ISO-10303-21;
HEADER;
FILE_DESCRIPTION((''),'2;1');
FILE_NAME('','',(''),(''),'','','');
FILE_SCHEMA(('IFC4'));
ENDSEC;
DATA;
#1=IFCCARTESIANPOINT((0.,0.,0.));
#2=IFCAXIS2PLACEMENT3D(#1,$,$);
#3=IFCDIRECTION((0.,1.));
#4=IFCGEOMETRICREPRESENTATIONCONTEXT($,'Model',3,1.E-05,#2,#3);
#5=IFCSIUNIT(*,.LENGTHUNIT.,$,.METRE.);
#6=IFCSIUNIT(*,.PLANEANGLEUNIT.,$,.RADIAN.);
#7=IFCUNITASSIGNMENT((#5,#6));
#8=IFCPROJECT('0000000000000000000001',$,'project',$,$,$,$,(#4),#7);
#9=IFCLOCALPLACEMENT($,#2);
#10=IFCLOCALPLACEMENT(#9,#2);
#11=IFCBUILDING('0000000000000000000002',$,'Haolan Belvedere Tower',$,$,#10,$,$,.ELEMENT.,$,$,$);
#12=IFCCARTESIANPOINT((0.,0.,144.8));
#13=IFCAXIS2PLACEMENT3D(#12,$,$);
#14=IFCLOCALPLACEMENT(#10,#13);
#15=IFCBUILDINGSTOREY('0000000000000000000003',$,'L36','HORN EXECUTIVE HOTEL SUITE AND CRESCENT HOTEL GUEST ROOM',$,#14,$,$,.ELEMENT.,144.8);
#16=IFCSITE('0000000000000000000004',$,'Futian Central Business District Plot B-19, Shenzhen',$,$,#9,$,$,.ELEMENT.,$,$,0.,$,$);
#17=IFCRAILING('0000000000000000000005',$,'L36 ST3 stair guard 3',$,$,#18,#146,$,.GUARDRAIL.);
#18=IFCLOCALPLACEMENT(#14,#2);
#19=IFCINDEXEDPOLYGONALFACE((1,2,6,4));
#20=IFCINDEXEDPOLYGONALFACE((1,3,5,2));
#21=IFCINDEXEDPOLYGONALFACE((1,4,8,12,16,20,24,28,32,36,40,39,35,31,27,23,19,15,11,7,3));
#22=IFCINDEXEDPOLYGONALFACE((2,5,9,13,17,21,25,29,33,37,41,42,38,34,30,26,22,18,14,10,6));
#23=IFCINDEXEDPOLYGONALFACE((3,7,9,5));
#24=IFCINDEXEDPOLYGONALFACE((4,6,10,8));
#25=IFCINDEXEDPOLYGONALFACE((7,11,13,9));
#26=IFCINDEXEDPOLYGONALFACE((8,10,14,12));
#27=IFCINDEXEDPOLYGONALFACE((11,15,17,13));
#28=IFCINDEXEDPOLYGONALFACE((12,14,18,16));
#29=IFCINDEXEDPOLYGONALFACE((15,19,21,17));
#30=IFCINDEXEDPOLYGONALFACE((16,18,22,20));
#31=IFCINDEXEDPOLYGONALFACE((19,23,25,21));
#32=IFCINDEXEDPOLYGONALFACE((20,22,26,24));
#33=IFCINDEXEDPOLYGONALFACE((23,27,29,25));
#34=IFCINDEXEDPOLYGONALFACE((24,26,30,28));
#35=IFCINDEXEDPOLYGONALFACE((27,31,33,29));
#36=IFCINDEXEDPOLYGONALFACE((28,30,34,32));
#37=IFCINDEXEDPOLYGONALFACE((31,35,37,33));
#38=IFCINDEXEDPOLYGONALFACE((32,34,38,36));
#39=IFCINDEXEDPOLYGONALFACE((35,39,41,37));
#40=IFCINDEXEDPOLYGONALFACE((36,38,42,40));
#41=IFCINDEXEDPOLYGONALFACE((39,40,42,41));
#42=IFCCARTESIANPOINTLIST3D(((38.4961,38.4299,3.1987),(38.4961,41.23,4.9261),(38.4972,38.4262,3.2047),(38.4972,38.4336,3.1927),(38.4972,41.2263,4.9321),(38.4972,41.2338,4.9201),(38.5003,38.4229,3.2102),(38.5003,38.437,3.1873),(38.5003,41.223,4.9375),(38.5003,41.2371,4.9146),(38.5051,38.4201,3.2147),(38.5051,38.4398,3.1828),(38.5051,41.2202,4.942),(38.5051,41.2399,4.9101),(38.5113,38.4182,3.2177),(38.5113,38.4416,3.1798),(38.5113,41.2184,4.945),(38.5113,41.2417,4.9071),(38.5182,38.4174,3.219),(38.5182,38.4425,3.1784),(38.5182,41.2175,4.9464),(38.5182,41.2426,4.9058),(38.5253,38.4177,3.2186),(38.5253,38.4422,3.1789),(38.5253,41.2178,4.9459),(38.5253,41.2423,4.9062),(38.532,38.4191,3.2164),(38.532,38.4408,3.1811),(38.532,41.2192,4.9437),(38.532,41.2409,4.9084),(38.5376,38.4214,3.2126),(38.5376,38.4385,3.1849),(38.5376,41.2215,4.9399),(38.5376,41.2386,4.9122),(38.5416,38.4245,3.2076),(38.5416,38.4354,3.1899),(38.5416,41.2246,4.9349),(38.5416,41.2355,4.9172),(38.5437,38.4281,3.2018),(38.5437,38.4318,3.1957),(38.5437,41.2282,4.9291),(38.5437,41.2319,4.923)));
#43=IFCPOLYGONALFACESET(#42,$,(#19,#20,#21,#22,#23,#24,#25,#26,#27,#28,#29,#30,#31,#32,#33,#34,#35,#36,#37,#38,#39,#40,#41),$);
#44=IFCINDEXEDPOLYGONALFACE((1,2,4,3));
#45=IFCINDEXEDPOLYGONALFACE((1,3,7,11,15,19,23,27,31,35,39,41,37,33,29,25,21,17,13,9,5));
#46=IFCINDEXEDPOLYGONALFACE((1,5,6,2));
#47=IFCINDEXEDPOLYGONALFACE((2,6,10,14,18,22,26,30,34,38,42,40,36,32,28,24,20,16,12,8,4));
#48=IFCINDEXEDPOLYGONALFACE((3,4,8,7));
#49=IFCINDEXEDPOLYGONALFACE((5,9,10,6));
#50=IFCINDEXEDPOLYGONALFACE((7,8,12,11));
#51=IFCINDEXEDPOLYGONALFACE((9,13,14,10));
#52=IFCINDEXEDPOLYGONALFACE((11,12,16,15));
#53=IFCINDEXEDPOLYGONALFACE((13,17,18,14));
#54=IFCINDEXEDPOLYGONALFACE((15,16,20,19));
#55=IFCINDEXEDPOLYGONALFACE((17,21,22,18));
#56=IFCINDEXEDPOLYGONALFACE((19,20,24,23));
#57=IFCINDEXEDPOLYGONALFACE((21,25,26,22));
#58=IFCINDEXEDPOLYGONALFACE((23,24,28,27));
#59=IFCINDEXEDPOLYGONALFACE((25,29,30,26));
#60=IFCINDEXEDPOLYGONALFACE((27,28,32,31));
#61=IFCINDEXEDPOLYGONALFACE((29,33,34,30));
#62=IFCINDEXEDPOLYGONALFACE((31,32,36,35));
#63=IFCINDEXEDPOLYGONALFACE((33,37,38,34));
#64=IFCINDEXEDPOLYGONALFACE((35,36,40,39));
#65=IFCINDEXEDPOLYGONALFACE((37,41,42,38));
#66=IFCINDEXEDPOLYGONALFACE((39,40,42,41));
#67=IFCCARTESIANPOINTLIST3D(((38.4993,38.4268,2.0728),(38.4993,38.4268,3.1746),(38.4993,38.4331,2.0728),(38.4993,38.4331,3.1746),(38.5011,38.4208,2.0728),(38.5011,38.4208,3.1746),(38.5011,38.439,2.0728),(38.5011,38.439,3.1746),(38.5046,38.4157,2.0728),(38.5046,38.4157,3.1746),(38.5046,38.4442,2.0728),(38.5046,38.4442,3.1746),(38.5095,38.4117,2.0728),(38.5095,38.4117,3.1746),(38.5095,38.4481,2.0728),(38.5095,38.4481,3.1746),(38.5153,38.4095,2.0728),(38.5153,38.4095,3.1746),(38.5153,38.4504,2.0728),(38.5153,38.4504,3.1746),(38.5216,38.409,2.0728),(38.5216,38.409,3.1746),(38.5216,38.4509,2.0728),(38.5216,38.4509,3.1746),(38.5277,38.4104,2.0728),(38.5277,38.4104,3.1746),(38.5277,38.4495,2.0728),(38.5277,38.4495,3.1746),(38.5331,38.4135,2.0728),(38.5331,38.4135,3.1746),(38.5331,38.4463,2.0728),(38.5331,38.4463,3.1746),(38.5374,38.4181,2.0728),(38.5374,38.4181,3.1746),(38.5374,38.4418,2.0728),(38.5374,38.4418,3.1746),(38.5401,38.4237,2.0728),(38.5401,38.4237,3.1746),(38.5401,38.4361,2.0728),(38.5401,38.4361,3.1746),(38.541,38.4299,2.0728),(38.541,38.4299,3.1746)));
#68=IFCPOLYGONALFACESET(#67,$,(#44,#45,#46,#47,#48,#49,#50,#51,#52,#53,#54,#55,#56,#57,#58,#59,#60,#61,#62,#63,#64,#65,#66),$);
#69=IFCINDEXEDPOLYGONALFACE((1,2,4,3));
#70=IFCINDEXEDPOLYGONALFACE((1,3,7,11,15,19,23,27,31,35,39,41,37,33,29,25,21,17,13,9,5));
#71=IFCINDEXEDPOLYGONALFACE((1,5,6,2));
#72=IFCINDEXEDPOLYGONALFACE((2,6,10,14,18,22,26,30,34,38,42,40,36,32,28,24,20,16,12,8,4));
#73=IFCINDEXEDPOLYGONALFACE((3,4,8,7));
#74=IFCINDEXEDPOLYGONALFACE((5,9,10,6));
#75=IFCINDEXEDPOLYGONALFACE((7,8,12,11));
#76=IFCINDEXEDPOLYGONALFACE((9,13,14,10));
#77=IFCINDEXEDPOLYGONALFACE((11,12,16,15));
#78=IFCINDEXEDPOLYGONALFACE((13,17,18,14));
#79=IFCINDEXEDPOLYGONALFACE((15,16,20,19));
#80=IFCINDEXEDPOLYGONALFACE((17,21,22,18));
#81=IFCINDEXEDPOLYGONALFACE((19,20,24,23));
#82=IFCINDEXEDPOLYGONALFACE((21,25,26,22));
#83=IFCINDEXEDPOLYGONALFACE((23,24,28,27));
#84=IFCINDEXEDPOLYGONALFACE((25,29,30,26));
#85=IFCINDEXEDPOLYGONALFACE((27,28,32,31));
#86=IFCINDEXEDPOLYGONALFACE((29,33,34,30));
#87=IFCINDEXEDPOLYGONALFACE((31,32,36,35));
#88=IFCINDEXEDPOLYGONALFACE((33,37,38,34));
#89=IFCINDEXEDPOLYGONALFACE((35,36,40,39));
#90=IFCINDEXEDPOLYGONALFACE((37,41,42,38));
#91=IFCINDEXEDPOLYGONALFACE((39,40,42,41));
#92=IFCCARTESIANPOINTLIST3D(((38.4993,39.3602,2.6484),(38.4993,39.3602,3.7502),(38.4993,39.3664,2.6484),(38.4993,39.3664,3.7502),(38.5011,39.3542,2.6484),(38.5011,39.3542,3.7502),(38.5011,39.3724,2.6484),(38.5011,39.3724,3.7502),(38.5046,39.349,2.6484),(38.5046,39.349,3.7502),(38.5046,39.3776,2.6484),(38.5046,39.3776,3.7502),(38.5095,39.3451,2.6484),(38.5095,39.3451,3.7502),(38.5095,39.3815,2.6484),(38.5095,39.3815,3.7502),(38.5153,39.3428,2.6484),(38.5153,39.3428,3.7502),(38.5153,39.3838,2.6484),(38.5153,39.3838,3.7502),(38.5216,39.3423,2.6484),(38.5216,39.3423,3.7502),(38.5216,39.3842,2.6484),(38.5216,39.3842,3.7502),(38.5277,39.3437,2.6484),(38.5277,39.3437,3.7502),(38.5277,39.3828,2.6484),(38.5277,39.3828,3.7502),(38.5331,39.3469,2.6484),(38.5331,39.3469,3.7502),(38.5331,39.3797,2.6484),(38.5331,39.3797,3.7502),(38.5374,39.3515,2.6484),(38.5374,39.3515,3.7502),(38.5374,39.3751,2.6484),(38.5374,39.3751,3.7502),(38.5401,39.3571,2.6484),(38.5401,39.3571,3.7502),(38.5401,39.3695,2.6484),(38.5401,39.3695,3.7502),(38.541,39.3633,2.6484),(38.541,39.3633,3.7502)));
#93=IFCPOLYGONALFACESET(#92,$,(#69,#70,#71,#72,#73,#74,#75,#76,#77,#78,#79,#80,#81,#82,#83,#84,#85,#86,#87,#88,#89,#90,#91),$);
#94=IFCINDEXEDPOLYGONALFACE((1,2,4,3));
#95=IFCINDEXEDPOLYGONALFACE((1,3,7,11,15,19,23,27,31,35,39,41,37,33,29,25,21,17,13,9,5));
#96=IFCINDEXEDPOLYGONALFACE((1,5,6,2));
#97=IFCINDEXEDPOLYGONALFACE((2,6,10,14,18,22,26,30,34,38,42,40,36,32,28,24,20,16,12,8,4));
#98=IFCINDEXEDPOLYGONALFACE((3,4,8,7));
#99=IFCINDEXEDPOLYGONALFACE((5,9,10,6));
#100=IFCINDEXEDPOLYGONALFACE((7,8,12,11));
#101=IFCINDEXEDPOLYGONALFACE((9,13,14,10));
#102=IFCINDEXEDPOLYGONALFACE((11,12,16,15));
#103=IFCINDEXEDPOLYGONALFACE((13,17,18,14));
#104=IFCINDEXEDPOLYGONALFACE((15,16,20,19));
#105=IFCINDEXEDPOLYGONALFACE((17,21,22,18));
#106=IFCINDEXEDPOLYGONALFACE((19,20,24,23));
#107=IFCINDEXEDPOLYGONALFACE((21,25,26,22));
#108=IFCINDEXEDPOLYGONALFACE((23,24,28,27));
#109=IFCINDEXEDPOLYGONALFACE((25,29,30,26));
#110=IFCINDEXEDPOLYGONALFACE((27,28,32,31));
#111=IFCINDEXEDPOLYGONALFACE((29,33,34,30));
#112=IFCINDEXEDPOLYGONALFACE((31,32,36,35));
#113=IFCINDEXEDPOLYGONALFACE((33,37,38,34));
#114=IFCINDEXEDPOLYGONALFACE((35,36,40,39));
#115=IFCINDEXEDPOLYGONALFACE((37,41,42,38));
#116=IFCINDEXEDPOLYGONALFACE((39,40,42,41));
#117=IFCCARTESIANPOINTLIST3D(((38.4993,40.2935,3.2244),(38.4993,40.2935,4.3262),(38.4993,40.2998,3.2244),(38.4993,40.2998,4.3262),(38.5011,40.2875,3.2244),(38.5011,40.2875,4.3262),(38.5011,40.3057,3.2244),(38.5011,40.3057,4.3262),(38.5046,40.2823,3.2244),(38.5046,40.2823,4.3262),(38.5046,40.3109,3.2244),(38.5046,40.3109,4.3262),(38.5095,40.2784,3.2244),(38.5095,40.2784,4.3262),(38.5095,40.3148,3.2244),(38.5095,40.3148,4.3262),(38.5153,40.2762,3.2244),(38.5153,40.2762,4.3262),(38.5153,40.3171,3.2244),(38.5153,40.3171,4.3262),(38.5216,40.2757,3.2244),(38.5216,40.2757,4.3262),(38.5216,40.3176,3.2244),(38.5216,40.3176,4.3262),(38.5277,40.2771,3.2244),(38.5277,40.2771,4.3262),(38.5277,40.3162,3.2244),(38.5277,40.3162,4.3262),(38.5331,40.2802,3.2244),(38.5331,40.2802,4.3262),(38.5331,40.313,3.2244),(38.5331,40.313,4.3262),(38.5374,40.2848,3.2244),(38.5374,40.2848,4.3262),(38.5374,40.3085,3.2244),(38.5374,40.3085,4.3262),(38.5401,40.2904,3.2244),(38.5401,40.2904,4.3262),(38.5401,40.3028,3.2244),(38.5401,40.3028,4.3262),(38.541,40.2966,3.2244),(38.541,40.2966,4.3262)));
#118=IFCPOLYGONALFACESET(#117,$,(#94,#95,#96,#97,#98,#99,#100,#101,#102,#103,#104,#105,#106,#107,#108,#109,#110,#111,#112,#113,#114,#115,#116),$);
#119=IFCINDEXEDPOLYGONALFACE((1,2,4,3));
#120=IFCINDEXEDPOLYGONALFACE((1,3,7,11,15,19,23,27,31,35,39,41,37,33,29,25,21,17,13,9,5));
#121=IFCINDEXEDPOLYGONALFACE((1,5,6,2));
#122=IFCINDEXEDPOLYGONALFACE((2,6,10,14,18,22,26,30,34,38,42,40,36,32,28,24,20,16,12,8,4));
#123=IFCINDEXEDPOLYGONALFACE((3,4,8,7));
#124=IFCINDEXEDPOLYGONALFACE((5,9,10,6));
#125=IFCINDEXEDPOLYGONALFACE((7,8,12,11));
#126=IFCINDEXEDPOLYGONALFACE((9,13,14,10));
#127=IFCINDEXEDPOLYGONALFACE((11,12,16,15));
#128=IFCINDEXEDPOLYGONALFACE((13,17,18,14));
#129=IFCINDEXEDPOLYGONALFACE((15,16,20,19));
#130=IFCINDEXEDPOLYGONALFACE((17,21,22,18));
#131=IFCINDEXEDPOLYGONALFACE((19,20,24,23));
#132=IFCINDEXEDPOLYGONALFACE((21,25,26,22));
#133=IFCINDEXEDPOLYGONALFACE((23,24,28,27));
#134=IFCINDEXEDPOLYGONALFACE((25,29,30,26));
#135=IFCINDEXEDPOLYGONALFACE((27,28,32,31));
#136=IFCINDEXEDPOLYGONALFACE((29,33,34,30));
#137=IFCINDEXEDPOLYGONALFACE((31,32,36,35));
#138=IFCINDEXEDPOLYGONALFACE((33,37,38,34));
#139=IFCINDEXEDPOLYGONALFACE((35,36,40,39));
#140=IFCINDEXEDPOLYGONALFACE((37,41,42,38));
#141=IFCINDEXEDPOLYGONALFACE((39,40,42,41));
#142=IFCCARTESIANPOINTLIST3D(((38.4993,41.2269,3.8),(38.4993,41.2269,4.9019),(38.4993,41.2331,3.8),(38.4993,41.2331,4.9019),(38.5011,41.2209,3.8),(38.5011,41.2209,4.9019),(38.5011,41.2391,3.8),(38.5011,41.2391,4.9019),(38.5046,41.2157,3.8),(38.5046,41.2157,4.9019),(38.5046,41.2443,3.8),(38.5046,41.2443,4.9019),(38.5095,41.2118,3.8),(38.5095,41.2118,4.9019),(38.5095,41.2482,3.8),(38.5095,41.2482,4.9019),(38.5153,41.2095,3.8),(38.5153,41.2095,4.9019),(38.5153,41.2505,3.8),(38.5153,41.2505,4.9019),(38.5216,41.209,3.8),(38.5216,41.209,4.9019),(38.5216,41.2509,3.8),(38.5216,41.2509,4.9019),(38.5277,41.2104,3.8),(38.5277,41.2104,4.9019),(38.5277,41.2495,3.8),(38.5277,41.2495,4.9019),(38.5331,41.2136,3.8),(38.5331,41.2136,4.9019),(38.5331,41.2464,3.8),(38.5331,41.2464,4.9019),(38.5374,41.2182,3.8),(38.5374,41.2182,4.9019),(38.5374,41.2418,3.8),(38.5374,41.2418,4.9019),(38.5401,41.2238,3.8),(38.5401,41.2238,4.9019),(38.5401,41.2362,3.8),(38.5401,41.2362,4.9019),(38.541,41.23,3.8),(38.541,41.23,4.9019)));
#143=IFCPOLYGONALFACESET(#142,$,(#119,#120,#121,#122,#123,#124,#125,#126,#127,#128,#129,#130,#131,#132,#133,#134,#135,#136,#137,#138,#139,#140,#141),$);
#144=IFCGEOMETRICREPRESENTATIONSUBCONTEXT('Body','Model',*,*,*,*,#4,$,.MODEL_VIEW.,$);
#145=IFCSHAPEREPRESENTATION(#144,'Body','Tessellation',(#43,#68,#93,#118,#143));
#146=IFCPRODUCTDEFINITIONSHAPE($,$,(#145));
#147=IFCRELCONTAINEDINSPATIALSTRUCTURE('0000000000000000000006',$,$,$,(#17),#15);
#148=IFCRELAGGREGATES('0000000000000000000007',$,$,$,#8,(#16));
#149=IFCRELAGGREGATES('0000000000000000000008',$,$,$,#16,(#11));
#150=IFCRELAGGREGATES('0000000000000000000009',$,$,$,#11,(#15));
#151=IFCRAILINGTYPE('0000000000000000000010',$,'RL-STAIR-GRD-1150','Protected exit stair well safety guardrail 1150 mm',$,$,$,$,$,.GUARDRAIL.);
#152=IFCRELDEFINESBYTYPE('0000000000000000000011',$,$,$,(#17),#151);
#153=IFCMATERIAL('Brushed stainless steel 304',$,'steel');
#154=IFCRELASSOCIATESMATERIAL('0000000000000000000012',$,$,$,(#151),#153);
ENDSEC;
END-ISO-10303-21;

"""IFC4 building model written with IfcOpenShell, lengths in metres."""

from ifc_helpers import new_model, si_unit, direction, frame, origin, origin_2d, place, context, subcontext, project, spatial, circle, extrude, material, type_object, element, save


model = new_model("IFC4")

# Units and contexts
model_context = context("Model", 3, precision=1e-05, world=origin(), true_north=direction((0.0, 1.0)))
body_context = subcontext(model_context, "Body", "Model", "MODEL_VIEW")
ifc_project = project(units=[si_unit("LENGTHUNIT", "METRE"), si_unit("PLANEANGLEUNIT", "RADIAN")], contexts=[model_context])

# Site, building, storey
site_placement = place(None, origin())
site = spatial("IfcSite", under=ifc_project, at=site_placement, Name="Futian Central Business District Plot B-19, Shenzhen", CompositionType="ELEMENT", RefElevation=0.0)
building_placement = place(site_placement, origin())
building = spatial("IfcBuilding", under=site, at=building_placement, Name="Haolan Belvedere Tower", CompositionType="ELEMENT")
storey_placement = place(building_placement, frame((0.0, 0.0, 144.8)))
storey = spatial("IfcBuildingStorey", under=building, at=storey_placement, Name="L36", Description="HORN EXECUTIVE HOTEL SUITE AND CRESCENT HOTEL GUEST ROOM", CompositionType="ELEMENT", Elevation=144.8)

# Railing
ifc_material_1 = material(Name="Brushed stainless steel 304", Category="steel")
railing_type_1 = type_object("IfcRailingType", Name="RL-STAIR-GRD-1150", Description="Protected exit stair well safety guardrail 1150 mm", PredefinedType="GUARDRAIL", material=ifc_material_1)
railing_1_placement = place(storey_placement, frame((38.52, 38.4299, 2.0728)))
element("IfcRailing", 1, at=railing_1_placement, inside=storey, type_object=railing_type_1, Name="L36 ST3 stair guard 3", PredefinedType="GUARDRAIL", context=body_context, shape_type="SweptSolid", body=[
    extrude(circle(Radius=0.0239, at=origin_2d()), frame((0.0, 0.0, 1.126), z_axis=(0.0, 0.85109, 0.52502), x_axis=(-1.0, 0.0, 0.0)), (0.0, 0.0, 1.0), 3.29),
    extrude(circle(Radius=0.021, at=origin_2d()), origin(), (0.0, 0.0, 1.0), 1.1018),
    extrude(circle(Radius=0.021, at=origin_2d()), frame((0.0, 0.9333, 0.5757)), (0.0, 0.0, 1.0), 1.1018),
    extrude(circle(Radius=0.021, at=origin_2d()), frame((0.0, 1.8667, 1.1516)), (0.0, 0.0, 1.0), 1.1018),
    extrude(circle(Radius=0.021, at=origin_2d()), frame((0.0, 2.8, 1.7273)), (0.0, 0.0, 1.0), 1.1018),
])

save(model, "model.ifc")
